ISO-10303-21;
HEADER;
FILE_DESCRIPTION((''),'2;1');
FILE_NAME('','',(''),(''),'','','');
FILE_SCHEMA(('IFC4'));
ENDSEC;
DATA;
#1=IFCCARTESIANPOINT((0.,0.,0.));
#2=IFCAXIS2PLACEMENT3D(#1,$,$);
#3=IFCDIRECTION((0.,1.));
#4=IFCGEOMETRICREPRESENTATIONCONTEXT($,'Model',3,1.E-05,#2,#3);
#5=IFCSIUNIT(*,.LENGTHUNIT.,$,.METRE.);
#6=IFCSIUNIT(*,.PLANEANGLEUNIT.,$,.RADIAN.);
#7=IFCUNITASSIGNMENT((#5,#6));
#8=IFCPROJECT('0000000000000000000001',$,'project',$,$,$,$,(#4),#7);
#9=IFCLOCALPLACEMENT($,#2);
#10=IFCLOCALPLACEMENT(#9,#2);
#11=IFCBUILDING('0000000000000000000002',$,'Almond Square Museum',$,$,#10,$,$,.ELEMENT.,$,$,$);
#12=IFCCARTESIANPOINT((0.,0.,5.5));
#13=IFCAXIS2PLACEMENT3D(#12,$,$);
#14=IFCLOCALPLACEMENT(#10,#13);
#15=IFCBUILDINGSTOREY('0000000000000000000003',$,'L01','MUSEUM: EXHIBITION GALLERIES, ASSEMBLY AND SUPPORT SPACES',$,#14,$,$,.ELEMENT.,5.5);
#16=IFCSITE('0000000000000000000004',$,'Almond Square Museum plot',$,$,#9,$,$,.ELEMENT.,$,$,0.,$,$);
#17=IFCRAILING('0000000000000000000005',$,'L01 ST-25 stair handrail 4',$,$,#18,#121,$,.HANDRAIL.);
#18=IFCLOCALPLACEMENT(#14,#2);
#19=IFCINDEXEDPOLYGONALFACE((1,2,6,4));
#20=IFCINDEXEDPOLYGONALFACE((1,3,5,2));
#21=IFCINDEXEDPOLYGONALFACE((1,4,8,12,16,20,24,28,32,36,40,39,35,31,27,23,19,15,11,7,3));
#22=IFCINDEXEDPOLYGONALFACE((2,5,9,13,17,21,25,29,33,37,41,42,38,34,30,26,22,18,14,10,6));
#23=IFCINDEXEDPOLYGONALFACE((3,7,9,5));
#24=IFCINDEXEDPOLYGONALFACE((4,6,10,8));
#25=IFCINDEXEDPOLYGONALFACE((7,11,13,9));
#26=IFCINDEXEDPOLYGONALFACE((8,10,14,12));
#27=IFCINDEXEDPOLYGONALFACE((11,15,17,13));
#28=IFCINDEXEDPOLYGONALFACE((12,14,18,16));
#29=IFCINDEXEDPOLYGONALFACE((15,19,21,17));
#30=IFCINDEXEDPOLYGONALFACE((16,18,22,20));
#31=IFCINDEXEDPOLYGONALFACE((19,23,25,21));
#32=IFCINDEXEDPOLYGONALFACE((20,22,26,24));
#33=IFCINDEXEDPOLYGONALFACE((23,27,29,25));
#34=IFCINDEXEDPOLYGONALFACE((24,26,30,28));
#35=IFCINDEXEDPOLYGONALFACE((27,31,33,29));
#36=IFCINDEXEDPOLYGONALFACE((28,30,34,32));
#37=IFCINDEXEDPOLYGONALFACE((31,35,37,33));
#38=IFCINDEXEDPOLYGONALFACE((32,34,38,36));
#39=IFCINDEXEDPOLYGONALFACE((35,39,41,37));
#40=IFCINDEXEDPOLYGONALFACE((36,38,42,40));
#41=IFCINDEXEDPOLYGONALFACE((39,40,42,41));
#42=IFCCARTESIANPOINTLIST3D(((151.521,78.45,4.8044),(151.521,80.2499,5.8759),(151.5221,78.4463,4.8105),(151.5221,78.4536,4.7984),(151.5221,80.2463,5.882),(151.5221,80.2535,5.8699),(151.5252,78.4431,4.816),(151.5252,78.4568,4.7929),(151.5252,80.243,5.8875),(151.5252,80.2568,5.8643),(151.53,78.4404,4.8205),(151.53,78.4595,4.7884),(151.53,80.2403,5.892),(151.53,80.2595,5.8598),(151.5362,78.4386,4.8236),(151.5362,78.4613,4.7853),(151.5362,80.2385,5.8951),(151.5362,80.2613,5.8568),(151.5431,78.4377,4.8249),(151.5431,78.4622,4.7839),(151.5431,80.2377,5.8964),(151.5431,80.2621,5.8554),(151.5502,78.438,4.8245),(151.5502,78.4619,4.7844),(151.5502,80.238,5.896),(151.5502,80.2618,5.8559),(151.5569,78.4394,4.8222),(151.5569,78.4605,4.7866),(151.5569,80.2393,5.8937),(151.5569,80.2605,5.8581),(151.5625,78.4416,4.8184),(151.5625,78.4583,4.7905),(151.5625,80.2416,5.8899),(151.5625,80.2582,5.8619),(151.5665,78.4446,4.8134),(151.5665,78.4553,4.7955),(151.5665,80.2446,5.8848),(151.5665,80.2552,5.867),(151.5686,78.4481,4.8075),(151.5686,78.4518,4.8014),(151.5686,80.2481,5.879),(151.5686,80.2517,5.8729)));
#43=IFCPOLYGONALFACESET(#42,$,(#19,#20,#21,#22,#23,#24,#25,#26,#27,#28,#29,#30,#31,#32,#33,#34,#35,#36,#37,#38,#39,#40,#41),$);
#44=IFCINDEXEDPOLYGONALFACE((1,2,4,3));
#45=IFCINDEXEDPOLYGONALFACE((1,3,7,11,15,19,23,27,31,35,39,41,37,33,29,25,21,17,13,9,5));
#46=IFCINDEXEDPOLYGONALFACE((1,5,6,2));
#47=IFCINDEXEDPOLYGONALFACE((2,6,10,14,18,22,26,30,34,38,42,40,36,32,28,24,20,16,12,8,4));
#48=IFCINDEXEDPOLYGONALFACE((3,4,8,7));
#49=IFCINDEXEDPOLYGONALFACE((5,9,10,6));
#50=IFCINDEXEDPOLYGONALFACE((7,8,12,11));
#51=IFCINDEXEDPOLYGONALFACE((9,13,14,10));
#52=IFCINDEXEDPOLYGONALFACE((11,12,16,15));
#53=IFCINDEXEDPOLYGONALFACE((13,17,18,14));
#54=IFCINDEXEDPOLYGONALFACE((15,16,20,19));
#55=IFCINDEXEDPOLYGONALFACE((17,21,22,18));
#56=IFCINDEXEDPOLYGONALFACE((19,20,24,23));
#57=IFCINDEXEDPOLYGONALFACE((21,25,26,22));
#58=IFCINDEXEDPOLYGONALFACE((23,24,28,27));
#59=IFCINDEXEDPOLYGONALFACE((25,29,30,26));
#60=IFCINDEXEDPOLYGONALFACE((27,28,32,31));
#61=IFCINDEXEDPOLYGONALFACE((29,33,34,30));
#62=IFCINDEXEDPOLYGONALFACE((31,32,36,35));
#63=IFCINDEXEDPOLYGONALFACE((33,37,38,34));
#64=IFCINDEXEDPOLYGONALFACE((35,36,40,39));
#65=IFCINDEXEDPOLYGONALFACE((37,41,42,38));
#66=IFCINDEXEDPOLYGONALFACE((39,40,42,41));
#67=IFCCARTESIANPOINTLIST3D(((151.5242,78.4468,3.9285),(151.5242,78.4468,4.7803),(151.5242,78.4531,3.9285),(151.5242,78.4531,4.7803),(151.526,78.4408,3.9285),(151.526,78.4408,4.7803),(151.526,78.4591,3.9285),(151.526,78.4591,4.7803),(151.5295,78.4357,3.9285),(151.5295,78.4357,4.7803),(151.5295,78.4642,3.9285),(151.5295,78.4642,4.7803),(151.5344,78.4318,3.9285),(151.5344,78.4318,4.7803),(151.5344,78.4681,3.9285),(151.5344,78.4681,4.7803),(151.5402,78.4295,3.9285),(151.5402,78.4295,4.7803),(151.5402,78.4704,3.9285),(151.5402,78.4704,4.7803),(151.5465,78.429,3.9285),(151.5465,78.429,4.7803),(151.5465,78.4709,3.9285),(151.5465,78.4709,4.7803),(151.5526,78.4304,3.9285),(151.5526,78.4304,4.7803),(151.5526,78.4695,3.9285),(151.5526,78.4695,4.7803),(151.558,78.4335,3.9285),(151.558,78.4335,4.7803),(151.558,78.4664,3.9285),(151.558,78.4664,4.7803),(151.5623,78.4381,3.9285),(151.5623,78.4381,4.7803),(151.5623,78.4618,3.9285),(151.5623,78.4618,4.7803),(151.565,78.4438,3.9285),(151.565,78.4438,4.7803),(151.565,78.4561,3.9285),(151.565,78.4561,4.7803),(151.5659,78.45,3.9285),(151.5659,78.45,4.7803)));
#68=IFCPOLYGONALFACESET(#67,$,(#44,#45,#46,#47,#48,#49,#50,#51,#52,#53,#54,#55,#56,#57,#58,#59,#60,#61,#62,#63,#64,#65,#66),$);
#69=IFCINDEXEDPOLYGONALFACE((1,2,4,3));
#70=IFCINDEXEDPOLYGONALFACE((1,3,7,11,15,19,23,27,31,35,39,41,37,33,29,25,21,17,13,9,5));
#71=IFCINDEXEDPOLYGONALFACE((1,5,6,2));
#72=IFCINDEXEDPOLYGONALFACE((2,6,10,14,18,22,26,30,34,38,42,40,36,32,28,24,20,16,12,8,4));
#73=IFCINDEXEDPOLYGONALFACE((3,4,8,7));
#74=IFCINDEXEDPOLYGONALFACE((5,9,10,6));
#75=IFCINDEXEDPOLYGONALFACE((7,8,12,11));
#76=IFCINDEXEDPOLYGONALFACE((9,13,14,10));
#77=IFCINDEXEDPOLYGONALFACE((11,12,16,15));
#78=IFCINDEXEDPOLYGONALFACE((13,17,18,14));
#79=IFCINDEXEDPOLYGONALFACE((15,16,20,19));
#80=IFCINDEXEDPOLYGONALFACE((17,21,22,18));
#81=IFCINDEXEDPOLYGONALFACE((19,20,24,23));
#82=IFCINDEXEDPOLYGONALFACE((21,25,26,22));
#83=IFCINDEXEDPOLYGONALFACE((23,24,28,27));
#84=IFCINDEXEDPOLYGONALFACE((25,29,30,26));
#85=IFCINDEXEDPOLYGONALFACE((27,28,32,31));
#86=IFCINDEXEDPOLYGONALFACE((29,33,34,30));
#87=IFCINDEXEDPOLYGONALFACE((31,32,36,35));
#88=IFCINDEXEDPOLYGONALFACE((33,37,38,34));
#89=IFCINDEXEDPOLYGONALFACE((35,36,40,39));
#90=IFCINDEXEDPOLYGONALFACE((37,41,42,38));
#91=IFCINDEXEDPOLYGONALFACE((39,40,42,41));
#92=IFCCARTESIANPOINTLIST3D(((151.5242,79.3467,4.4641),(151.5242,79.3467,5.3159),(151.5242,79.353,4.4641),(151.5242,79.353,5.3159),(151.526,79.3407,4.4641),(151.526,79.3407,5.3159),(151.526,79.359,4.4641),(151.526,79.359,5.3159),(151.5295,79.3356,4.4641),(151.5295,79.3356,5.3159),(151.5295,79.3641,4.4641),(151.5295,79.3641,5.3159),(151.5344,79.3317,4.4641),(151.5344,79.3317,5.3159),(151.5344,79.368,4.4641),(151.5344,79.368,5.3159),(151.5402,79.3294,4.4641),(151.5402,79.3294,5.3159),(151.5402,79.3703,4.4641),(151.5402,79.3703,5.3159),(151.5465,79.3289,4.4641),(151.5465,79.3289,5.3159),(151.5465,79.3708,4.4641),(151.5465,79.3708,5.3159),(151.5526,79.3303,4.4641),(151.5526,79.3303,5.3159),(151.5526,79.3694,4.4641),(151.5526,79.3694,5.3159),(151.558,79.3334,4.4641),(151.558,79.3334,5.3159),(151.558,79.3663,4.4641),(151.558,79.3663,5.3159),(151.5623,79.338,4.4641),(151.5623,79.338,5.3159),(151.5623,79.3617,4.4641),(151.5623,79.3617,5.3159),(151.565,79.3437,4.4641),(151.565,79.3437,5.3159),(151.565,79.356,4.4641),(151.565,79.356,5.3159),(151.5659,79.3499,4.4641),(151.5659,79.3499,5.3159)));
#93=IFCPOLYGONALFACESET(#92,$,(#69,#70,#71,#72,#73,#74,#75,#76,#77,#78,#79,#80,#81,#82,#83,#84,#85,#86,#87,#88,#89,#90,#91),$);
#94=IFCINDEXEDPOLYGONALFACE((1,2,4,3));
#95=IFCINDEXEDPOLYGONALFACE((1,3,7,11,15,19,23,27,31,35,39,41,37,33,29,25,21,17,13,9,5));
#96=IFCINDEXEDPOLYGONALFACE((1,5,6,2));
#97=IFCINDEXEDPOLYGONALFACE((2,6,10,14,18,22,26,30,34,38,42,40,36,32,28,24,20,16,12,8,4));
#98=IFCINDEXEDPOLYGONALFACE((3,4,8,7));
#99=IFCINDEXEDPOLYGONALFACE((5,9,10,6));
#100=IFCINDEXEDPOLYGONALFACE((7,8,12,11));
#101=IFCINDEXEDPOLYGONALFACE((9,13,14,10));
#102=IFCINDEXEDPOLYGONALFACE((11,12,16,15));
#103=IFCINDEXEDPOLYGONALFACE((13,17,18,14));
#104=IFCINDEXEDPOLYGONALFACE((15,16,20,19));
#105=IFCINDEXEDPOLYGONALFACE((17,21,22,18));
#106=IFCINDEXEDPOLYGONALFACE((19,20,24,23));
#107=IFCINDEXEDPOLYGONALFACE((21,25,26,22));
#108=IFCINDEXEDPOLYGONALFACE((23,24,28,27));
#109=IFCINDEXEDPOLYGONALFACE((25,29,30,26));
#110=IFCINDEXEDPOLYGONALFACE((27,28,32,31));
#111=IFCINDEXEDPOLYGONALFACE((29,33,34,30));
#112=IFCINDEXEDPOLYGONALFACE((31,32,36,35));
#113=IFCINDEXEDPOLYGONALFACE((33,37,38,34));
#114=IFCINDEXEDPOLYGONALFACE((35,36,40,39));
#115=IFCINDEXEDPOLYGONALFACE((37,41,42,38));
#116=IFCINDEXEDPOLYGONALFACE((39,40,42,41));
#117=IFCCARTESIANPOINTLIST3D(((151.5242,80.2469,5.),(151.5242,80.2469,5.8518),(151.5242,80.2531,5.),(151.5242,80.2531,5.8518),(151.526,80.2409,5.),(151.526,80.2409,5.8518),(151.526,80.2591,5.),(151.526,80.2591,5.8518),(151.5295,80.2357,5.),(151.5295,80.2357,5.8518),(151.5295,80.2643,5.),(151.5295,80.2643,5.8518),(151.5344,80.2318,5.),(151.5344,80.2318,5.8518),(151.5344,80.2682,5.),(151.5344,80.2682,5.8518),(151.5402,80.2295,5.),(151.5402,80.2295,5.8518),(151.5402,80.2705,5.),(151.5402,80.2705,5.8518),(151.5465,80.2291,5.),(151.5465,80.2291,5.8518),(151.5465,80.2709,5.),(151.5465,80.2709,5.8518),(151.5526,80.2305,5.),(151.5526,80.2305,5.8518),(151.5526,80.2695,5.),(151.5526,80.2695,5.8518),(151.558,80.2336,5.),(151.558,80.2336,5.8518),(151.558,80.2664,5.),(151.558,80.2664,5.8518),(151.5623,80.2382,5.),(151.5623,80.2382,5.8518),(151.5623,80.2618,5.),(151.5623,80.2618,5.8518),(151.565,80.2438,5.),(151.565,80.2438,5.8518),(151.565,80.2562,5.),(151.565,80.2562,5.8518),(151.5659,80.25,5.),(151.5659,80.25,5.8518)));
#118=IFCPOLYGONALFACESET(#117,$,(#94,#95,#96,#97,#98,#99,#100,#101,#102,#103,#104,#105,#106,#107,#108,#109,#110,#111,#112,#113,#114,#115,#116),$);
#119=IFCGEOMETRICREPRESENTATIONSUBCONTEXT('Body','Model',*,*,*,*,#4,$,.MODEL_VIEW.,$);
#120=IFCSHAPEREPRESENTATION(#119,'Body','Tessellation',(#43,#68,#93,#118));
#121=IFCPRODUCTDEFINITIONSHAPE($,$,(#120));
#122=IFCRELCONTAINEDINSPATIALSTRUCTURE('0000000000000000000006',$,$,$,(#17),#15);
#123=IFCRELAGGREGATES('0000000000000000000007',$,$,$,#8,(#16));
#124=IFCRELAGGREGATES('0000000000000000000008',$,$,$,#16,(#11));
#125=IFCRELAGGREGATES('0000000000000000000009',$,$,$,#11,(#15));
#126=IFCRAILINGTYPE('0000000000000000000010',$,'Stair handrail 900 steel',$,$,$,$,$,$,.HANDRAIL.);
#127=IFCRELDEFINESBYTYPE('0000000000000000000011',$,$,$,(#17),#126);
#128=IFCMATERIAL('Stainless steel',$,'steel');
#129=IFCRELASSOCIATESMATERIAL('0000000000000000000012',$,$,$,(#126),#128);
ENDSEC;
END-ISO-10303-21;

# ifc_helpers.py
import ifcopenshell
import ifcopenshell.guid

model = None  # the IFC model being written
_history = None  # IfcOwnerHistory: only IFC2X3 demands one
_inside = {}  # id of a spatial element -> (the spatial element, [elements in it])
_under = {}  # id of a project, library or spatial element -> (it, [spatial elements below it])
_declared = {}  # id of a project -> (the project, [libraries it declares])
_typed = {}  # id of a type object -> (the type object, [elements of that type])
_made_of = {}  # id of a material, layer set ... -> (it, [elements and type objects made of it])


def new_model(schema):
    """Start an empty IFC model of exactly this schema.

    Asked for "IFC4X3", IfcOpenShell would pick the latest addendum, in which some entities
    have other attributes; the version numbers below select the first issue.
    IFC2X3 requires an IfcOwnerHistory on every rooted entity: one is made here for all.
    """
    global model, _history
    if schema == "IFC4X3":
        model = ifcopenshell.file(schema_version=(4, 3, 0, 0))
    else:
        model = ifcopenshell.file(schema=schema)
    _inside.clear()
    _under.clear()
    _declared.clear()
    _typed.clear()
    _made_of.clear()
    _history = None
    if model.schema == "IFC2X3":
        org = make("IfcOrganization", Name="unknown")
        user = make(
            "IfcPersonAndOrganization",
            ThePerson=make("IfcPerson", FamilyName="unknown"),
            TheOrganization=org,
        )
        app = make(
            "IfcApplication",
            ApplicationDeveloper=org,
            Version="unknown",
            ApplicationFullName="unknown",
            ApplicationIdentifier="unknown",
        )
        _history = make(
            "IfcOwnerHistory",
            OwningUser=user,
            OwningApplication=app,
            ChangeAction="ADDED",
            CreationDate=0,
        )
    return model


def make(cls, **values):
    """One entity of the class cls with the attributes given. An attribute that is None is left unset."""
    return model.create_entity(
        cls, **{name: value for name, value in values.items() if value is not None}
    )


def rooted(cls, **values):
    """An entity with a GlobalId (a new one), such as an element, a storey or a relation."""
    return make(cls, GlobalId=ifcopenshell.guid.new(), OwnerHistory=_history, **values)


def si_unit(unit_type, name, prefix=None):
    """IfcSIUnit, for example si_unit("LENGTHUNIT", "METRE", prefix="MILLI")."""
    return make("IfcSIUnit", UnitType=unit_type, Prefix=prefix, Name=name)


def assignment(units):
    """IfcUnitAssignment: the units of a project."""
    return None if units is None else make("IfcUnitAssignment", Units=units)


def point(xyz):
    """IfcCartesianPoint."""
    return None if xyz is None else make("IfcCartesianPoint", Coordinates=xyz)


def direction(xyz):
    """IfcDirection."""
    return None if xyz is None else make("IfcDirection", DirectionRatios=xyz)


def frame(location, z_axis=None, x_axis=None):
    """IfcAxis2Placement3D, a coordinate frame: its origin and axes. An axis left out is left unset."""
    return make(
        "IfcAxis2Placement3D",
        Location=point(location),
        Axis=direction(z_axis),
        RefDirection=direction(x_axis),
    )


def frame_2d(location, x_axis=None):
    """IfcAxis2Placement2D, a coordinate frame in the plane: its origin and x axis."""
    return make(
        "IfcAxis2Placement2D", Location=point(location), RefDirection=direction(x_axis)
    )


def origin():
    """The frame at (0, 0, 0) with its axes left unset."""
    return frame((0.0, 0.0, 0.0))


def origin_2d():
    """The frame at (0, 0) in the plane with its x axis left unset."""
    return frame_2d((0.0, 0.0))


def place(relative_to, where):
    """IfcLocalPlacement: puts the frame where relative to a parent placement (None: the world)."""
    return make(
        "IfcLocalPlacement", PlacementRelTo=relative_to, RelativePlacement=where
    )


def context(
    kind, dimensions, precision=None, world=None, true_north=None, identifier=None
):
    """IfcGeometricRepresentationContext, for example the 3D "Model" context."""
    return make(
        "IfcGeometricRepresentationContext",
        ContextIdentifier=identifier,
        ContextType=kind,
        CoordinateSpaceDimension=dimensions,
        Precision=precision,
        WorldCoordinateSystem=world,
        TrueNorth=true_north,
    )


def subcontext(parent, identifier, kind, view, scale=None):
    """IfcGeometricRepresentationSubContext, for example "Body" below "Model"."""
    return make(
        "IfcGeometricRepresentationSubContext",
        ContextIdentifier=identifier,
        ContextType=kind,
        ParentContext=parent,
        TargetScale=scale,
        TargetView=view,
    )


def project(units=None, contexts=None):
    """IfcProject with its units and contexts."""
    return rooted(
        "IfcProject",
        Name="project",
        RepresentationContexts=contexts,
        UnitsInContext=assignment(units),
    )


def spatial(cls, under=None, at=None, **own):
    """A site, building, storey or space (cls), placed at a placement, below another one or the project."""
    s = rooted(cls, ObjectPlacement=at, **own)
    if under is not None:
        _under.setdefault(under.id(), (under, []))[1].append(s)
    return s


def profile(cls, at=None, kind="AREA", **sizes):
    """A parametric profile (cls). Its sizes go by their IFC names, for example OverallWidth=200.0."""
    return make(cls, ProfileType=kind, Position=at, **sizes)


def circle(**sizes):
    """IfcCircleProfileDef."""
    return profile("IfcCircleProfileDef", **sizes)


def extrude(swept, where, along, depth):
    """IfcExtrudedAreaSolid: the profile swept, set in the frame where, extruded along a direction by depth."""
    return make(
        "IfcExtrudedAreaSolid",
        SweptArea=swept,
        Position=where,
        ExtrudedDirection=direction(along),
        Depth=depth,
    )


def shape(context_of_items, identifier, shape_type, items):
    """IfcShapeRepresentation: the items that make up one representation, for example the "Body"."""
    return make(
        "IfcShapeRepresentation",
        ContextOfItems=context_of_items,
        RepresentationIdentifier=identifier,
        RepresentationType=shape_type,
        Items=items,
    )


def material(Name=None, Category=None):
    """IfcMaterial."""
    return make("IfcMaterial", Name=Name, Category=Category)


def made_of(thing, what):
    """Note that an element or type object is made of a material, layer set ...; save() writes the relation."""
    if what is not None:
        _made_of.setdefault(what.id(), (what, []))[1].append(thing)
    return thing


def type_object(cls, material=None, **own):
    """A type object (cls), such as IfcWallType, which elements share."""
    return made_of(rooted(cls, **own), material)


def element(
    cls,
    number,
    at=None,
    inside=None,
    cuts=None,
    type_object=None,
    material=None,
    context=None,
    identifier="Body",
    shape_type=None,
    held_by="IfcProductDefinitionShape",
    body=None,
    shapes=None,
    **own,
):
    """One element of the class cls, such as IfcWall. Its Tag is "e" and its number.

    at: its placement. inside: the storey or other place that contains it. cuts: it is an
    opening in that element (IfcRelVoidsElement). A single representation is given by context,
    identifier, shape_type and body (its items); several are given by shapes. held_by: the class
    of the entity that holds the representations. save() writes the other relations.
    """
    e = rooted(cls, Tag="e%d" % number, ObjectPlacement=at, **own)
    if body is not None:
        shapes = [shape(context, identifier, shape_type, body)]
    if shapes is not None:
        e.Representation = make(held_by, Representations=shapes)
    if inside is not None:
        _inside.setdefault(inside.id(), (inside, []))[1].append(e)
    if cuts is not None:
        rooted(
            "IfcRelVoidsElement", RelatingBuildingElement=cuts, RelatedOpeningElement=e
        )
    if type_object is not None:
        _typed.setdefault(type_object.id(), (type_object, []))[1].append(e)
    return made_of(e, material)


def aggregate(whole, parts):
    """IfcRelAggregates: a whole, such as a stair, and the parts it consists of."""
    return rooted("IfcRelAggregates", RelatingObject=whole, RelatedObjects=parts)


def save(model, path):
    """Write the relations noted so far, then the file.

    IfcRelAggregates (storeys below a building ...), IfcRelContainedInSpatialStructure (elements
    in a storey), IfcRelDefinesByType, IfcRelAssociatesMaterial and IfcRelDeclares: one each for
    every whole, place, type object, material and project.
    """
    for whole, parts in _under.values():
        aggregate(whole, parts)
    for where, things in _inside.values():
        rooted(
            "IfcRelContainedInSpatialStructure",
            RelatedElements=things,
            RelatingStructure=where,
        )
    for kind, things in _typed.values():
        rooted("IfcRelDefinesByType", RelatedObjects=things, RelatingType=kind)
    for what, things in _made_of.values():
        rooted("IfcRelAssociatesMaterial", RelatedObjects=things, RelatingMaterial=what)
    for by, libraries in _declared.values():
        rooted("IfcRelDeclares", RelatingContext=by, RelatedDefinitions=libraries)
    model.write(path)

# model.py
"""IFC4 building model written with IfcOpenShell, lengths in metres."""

from ifc_helpers import new_model, si_unit, direction, frame, origin, origin_2d, place, context, subcontext, project, spatial, circle, extrude, material, type_object, element, save


model = new_model("IFC4")

# Units and contexts
model_context = context("Model", 3, precision=1e-05, world=origin(), true_north=direction((0.0, 1.0)))
body_context = subcontext(model_context, "Body", "Model", "MODEL_VIEW")
ifc_project = project(units=[si_unit("LENGTHUNIT", "METRE"), si_unit("PLANEANGLEUNIT", "RADIAN")], contexts=[model_context])

# Site, building, storey
site_placement = place(None, origin())
site = spatial("IfcSite", under=ifc_project, at=site_placement, Name="Almond Square Museum plot", CompositionType="ELEMENT", RefElevation=0.0)
building_placement = place(site_placement, origin())
building = spatial("IfcBuilding", under=site, at=building_placement, Name="Almond Square Museum", CompositionType="ELEMENT")
storey_placement = place(building_placement, frame((0.0, 0.0, 5.5)))
storey = spatial("IfcBuildingStorey", under=building, at=storey_placement, Name="L01", Description="MUSEUM: EXHIBITION GALLERIES, ASSEMBLY AND SUPPORT SPACES", CompositionType="ELEMENT", Elevation=5.5)

# Railing
ifc_material_1 = material(Name="Stainless steel", Category="steel")
railing_type_1 = type_object("IfcRailingType", Name="Stair handrail 900 steel", PredefinedType="HANDRAIL", material=ifc_material_1)
railing_1_placement = place(storey_placement, frame((151.5449, 78.45, 3.9285)))
element("IfcRailing", 1, at=railing_1_placement, inside=storey, type_object=railing_type_1, Name="L01 ST-25 stair handrail 4", PredefinedType="HANDRAIL", context=body_context, shape_type="SweptSolid", body=[
    extrude(circle(Radius=0.0239, at=origin_2d()), frame((0.0, 0.0, 0.876), z_axis=(0.0, 0.859277, 0.51151), x_axis=(-1.0, 0.0, 0.0)), (0.0, 0.0, 1.0), 2.0947),
    extrude(circle(Radius=0.021, at=origin_2d()), origin(), (0.0, 0.0, 1.0), 0.8518),
    extrude(circle(Radius=0.021, at=origin_2d()), frame((0.0, 0.8999, 0.5356)), (0.0, 0.0, 1.0), 0.8518),
    extrude(circle(Radius=0.021, at=origin_2d()), frame((0.0, 1.8, 1.0715)), (0.0, 0.0, 1.0), 0.8518),
])

save(model, "model.ifc")
